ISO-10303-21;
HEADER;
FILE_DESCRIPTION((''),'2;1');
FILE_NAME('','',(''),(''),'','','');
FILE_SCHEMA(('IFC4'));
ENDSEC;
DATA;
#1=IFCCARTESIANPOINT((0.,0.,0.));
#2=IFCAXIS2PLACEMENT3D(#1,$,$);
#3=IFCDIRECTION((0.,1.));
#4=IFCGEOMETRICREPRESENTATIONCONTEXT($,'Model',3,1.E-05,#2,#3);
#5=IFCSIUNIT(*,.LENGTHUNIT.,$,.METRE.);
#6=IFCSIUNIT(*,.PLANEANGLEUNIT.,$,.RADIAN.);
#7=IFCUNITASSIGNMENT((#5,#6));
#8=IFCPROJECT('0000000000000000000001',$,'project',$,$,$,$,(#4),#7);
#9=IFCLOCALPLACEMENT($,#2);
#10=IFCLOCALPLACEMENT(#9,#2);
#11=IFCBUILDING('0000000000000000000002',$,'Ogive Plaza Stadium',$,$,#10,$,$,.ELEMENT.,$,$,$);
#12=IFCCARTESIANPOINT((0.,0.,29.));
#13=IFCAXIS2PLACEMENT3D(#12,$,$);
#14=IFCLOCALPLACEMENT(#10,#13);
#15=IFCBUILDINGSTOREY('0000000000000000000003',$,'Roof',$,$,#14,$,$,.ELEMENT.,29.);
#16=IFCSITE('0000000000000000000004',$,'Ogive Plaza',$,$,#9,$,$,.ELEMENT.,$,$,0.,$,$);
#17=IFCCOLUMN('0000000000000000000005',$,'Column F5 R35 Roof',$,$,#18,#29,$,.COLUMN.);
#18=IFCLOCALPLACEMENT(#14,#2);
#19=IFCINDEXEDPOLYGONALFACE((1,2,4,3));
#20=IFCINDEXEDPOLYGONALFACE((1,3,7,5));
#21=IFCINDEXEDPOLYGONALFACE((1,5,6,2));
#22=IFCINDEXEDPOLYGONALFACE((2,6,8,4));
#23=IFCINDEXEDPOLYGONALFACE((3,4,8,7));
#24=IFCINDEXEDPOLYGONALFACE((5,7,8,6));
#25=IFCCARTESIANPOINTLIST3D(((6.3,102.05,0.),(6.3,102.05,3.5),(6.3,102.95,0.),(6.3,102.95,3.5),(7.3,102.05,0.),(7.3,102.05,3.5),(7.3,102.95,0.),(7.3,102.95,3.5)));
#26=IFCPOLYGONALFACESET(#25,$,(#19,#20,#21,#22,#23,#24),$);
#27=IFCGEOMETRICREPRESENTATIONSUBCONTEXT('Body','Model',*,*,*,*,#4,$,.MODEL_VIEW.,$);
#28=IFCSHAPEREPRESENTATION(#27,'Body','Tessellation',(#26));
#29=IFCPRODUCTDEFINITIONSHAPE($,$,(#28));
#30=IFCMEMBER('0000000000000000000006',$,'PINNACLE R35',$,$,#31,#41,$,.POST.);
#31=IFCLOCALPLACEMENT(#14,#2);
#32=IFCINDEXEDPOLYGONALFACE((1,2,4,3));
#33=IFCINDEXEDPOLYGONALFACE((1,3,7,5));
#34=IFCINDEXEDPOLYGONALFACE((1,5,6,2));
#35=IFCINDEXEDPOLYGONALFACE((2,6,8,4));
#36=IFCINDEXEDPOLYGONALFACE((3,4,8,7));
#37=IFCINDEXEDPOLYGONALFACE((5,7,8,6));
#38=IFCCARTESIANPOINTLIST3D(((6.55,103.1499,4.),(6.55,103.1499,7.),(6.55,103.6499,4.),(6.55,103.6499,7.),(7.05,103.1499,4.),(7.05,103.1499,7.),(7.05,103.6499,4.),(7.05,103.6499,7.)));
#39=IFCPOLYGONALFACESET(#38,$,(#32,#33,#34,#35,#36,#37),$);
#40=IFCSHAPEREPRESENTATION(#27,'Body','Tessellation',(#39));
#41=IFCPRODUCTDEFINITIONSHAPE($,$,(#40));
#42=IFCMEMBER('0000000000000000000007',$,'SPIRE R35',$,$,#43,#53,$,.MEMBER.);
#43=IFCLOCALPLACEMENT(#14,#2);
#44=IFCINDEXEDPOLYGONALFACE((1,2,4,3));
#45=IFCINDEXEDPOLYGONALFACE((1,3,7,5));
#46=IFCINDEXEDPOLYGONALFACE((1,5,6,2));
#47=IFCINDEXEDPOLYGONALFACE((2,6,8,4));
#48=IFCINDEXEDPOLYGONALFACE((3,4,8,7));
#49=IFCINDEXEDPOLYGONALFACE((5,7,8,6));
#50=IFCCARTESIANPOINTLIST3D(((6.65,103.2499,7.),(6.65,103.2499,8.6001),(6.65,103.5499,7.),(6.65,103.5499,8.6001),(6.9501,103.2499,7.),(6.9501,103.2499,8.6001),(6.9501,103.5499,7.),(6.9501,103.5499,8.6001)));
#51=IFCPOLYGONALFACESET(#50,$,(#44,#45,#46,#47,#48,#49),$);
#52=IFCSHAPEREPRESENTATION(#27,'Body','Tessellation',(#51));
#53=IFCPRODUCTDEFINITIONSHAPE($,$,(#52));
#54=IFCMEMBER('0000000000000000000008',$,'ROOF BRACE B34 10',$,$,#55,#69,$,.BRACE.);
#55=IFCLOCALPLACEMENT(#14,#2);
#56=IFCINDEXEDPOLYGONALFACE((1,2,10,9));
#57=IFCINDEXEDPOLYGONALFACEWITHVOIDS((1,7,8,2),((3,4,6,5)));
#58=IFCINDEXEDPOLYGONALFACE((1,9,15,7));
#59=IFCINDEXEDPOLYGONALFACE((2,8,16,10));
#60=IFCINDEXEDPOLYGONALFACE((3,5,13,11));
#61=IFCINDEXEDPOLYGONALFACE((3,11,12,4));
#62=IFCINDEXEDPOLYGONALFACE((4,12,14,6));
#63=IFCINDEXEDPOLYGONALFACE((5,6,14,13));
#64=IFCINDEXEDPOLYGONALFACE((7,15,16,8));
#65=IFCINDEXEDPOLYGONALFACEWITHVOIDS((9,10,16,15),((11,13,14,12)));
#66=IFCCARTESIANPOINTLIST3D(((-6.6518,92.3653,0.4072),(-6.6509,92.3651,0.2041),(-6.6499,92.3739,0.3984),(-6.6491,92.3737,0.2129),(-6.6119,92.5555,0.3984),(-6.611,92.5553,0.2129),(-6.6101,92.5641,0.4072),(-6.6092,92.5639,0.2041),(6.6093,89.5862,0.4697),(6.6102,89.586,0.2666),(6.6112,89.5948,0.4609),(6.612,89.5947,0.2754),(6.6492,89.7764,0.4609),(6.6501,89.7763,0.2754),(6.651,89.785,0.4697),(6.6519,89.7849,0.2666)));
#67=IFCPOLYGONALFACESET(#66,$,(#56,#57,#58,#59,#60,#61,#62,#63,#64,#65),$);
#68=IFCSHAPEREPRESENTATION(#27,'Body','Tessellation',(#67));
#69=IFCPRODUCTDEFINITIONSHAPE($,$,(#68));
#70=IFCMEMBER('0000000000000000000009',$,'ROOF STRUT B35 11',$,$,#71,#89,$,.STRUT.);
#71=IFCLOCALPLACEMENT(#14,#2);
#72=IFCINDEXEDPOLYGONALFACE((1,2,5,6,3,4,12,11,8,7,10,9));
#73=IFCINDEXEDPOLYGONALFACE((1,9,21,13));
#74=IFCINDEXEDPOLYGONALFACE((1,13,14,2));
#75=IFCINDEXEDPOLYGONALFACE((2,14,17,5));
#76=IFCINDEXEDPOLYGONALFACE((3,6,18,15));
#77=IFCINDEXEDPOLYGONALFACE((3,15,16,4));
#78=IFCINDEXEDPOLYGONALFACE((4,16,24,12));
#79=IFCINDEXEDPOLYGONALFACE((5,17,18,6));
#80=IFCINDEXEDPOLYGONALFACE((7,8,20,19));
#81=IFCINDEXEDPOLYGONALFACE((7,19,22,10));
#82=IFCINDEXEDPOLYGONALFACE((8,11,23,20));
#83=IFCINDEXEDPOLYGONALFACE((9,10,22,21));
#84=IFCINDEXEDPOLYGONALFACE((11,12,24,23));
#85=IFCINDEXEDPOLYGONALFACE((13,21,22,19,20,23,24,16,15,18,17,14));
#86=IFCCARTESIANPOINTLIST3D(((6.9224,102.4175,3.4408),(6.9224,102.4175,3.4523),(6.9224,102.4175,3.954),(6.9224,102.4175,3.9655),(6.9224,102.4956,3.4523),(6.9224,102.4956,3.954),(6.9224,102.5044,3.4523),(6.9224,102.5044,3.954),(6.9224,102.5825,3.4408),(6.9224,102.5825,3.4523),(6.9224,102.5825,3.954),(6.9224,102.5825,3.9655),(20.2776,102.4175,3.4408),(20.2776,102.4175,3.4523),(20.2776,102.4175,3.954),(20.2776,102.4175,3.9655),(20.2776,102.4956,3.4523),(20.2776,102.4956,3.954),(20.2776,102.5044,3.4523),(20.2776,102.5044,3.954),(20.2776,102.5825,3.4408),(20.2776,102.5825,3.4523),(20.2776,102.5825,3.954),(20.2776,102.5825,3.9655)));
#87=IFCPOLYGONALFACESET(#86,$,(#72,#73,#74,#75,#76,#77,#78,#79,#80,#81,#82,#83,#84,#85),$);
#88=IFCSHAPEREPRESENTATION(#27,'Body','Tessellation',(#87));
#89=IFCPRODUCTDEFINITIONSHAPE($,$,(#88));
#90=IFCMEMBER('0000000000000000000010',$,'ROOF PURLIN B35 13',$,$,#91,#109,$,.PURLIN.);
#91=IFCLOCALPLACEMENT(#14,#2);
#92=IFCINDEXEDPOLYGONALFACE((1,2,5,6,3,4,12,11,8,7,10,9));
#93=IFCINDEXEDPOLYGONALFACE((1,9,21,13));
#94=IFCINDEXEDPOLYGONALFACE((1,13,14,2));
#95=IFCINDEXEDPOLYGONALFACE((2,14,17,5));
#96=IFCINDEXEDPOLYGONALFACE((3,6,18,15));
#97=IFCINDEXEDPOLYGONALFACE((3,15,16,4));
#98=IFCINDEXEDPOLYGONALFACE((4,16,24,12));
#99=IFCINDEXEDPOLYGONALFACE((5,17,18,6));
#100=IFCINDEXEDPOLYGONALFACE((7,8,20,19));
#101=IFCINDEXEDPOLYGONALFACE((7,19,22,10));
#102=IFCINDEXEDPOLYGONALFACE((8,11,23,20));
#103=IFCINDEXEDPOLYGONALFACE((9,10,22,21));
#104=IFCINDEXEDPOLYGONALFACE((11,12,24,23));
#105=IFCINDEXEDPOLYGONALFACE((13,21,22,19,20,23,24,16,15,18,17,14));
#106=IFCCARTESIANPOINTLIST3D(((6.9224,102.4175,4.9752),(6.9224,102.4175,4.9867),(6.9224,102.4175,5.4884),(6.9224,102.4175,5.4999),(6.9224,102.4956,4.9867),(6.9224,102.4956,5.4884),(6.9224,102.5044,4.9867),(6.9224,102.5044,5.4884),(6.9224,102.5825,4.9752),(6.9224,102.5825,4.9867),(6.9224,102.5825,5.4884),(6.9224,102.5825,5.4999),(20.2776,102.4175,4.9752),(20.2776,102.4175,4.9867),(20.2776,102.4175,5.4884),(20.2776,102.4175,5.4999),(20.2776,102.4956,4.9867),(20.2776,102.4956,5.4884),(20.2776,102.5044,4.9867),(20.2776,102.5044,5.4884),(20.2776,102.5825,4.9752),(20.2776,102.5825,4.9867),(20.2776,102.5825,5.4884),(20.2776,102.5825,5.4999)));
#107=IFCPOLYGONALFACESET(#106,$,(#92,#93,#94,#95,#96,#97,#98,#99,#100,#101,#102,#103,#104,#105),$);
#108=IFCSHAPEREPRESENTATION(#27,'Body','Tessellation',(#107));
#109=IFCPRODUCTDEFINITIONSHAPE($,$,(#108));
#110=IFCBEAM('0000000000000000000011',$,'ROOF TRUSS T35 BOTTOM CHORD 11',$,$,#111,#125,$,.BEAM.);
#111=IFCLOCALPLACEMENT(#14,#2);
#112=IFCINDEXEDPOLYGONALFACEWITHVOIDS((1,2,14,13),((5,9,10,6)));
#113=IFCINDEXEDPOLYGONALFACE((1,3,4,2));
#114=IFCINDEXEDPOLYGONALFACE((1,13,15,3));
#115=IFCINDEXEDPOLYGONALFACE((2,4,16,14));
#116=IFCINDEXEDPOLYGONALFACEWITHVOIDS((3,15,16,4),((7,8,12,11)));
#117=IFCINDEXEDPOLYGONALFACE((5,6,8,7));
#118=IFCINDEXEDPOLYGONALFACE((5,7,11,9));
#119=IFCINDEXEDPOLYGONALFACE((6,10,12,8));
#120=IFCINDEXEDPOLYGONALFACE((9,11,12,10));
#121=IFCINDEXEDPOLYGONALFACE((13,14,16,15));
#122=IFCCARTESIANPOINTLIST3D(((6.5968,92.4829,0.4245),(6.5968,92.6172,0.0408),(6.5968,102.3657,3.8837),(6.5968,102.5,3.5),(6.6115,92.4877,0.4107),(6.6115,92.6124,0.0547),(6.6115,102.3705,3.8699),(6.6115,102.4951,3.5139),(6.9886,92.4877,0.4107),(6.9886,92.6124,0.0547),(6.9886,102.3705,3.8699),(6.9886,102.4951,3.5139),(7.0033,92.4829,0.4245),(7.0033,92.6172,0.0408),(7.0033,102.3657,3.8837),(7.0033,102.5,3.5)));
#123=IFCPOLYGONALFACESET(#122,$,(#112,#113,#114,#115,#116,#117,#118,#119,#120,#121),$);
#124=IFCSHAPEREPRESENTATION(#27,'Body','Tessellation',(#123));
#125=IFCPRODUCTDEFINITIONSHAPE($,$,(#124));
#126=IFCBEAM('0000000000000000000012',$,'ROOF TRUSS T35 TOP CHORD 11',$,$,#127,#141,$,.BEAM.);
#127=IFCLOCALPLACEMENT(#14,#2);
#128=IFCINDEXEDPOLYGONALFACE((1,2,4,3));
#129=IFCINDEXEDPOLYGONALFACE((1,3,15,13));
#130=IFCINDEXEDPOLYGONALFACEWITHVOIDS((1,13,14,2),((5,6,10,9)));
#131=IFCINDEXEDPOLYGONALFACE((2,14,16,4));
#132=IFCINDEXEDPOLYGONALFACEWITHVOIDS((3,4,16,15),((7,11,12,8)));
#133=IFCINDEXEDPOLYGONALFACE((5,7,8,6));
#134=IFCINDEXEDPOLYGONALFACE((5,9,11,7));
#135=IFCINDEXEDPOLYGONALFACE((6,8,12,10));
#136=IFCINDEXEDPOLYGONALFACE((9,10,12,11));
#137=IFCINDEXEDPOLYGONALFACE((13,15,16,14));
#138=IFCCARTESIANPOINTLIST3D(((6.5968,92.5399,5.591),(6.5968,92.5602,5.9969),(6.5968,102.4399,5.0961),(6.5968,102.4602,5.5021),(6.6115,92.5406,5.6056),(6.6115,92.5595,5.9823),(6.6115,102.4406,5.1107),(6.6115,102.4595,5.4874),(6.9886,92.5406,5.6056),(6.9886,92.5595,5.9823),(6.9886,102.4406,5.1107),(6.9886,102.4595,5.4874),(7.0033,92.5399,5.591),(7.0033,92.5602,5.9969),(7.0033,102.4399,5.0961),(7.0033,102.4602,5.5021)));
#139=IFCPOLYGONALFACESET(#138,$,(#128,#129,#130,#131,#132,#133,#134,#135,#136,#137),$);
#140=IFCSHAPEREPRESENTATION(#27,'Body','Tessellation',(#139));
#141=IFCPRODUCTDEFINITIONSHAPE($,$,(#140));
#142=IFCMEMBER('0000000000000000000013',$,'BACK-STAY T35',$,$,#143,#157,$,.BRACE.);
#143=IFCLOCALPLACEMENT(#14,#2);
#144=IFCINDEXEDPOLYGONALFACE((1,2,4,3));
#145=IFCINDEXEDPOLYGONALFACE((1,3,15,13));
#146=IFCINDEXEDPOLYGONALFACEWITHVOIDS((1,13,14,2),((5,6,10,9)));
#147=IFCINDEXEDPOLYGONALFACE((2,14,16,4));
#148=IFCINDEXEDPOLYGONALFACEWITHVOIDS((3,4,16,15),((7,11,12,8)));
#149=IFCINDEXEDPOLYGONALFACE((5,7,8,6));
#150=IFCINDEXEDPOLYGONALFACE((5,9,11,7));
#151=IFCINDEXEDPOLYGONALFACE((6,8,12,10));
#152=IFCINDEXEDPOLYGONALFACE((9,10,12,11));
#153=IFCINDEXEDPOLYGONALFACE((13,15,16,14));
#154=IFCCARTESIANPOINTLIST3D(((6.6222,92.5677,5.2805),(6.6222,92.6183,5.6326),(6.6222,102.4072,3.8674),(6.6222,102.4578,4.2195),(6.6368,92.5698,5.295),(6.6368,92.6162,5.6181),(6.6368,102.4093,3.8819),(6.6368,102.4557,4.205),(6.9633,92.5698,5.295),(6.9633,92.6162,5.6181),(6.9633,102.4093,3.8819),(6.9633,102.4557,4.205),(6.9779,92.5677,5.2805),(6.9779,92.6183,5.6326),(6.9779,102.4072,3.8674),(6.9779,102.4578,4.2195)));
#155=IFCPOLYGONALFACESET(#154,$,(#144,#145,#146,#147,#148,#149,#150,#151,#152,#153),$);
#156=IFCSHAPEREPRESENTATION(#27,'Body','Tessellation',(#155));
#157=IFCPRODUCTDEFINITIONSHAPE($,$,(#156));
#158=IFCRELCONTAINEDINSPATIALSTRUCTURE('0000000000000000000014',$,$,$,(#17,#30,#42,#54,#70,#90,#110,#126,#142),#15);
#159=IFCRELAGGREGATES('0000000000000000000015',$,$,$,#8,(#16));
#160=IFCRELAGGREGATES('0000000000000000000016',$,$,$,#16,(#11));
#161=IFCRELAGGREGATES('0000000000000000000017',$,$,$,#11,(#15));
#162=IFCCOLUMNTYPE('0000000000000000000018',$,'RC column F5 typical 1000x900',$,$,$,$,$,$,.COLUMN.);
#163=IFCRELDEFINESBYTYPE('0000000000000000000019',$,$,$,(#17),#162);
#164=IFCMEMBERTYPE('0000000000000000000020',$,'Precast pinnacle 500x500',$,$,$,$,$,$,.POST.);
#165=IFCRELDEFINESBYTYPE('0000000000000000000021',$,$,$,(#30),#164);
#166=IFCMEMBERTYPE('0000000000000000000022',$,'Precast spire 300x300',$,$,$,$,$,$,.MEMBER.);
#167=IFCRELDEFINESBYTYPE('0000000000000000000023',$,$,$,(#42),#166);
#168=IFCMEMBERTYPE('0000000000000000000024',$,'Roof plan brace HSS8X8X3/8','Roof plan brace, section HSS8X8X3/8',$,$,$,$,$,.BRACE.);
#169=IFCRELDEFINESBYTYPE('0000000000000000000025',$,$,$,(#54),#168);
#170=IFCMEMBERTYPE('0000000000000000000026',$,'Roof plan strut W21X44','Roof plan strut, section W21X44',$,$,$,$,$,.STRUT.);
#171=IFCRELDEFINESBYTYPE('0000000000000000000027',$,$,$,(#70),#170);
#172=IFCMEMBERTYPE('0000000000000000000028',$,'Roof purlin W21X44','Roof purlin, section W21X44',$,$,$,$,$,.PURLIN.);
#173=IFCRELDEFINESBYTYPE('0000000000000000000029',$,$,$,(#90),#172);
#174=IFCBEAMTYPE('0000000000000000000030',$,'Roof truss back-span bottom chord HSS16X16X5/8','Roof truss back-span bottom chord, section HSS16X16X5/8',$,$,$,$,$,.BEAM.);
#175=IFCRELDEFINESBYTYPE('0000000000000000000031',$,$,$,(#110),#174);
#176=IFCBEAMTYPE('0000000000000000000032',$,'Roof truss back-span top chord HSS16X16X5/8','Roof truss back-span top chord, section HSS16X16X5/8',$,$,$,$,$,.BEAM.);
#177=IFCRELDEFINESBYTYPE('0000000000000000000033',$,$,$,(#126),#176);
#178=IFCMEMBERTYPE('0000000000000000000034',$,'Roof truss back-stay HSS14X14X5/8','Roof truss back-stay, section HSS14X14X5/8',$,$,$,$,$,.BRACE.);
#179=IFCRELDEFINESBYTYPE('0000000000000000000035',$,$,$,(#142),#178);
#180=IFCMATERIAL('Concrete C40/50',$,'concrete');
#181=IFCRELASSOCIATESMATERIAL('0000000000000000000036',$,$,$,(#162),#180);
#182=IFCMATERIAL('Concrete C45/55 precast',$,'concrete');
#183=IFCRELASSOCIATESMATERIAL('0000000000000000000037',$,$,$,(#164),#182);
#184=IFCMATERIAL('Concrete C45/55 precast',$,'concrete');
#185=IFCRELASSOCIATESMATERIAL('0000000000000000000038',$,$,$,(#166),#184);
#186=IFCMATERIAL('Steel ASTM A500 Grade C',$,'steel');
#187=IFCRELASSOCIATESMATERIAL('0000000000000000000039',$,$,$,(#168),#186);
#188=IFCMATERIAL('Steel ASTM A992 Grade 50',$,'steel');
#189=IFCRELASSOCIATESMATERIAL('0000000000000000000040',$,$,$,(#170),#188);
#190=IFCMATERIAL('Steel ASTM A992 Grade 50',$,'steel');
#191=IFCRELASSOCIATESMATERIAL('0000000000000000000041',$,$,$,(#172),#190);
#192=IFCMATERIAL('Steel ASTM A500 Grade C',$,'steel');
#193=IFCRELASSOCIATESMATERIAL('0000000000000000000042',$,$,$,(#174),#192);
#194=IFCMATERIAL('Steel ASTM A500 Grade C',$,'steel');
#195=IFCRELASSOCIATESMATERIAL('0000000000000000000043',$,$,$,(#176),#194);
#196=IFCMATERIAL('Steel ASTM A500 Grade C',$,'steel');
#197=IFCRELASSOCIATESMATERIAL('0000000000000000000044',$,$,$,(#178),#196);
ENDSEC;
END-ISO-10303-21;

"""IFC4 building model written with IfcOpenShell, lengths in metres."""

from ifc_helpers import new_model, si_unit, direction, frame, origin, origin_2d, place, context, subcontext, project, spatial, rectangle, hollow_rectangle, i_section, extrude, material, material_profile, profile_set, type_object, element, save


model = new_model("IFC4")

# Units and contexts
model_context = context("Model", 3, precision=1e-05, world=origin(), true_north=direction((0.0, 1.0)))
body_context = subcontext(model_context, "Body", "Model", "MODEL_VIEW")
ifc_project = project(units=[si_unit("LENGTHUNIT", "METRE"), si_unit("PLANEANGLEUNIT", "RADIAN")], contexts=[model_context])

# Site, building, storey
site_placement = place(None, origin())
site = spatial("IfcSite", under=ifc_project, at=site_placement, Name="Ogive Plaza", CompositionType="ELEMENT", RefElevation=0.0)
building_placement = place(site_placement, origin())
building = spatial("IfcBuilding", under=site, at=building_placement, Name="Ogive Plaza Stadium", CompositionType="ELEMENT")
storey_placement = place(building_placement, frame((0.0, 0.0, 29.0)))
storey = spatial("IfcBuildingStorey", under=building, at=storey_placement, Name="Roof", CompositionType="ELEMENT", Elevation=29.0)

# Column
ifc_material_1 = material(Name="Concrete C40/50", Category="concrete")
ifc_material_profile_1 = material_profile(ifc_material_1, rectangle(XDim=1.0, YDim=0.8999, at=origin_2d()), Name="RC 1000x900")
ifc_profile_set_1 = profile_set([ifc_material_profile_1], Name="Concrete C40/50")
column_type = type_object("IfcColumnType", Name="RC column F5 typical 1000x900", PredefinedType="COLUMN", material=ifc_profile_set_1)
column_placement = place(storey_placement, frame((6.8, 102.5, 0.0), z_axis=(0.0, 0.0, 1.0), x_axis=(-1.0, 0.0, 0.0)))
element("IfcColumn", 1, at=column_placement, inside=storey, type_object=column_type, Name="Column F5 R35 Roof", PredefinedType="COLUMN", context=body_context, shape_type="SweptSolid", body=[
    extrude(rectangle(XDim=1.0, YDim=0.8999, at=origin_2d()), origin(), (0.0, 0.0, 1.0), 3.5),
])

# Members
ifc_material_2 = material(Name="Concrete C45/55 precast", Category="concrete")
ifc_material_profile_2 = material_profile(ifc_material_2, rectangle(XDim=0.5, YDim=0.5, at=origin_2d()), Name="RC 500x500")
ifc_profile_set_2 = profile_set([ifc_material_profile_2], Name="Concrete C45/55 precast")
member_type_1 = type_object("IfcMemberType", Name="Precast pinnacle 500x500", PredefinedType="POST", material=ifc_profile_set_2)
member_1_placement = place(storey_placement, frame((6.8, 103.3999, 4.0), z_axis=(0.0, 0.0, 1.0), x_axis=(-1.0, 0.0, 0.0)))
element("IfcMember", 2, at=member_1_placement, inside=storey, type_object=member_type_1, Name="PINNACLE R35", PredefinedType="POST", context=body_context, shape_type="SweptSolid", body=[
    extrude(rectangle(XDim=0.5, YDim=0.5, at=origin_2d()), origin(), (0.0, 0.0, 1.0), 3.0),
])
ifc_material_3 = material(Name="Concrete C45/55 precast", Category="concrete")
ifc_material_profile_3 = material_profile(ifc_material_3, rectangle(XDim=0.3, YDim=0.3, at=origin_2d()), Name="RC 300x300")
ifc_profile_set_3 = profile_set([ifc_material_profile_3], Name="Concrete C45/55 precast")
member_type_2 = type_object("IfcMemberType", Name="Precast spire 300x300", PredefinedType="MEMBER", material=ifc_profile_set_3)
member_2_placement = place(storey_placement, frame((6.8, 103.3999, 7.0), z_axis=(0.0, 0.0, 1.0), x_axis=(-1.0, 0.0, 0.0)))
element("IfcMember", 3, at=member_2_placement, inside=storey, type_object=member_type_2, Name="SPIRE R35", PredefinedType="MEMBER", context=body_context, shape_type="SweptSolid", body=[
    extrude(rectangle(XDim=0.3, YDim=0.3, at=origin_2d()), origin(), (0.0, 0.0, 1.0), 1.6001),
])
ifc_material_4 = material(Name="Steel ASTM A500 Grade C", Category="steel")
ifc_material_profile_4 = material_profile(ifc_material_4, hollow_rectangle(XDim=0.2031, YDim=0.2031, WallThickness=0.0088, at=origin_2d()), Name="HSS8X8X3/8")
ifc_profile_set_4 = profile_set([ifc_material_profile_4], Name="Steel ASTM A500 Grade C")
member_type_3 = type_object("IfcMemberType", Name="Roof plan brace HSS8X8X3/8", Description="Roof plan brace, section HSS8X8X3/8", PredefinedType="BRACE", material=ifc_profile_set_4)
member_3_placement = place(storey_placement, frame((6.6306, 89.6855, 0.3682), z_axis=(-0.978729, 0.205105, -0.004613), x_axis=(-0.205107, -0.97874, 0.0)))
element("IfcMember", 4, at=member_3_placement, inside=storey, type_object=member_type_3, Name="ROOF BRACE B34 10", PredefinedType="BRACE", context=body_context, shape_type="SweptSolid", body=[
    extrude(hollow_rectangle(XDim=0.2031, YDim=0.2031, WallThickness=0.0088, at=origin_2d()), origin(), (0.0, 0.0, 1.0), 13.5493),
])
ifc_material_5 = material(Name="Steel ASTM A992 Grade 50", Category="steel")
ifc_material_profile_5 = material_profile(ifc_material_5, i_section(OverallWidth=0.165, OverallDepth=0.5247, WebThickness=0.0088, FlangeThickness=0.0115, at=origin_2d()), Name="W21X44")
ifc_profile_set_5 = profile_set([ifc_material_profile_5], Name="Steel ASTM A992 Grade 50")
member_type_4 = type_object("IfcMemberType", Name="Roof plan strut W21X44", Description="Roof plan strut, section W21X44", PredefinedType="STRUT", material=ifc_profile_set_5)
member_4_placement = place(storey_placement, frame((6.9224, 102.5, 3.7031), z_axis=(1.0, 0.0, 0.0), x_axis=(0.0, 1.0, 0.0)))
element("IfcMember", 5, at=member_4_placement, inside=storey, type_object=member_type_4, Name="ROOF STRUT B35 11", PredefinedType="STRUT", context=body_context, shape_type="SweptSolid", body=[
    extrude(i_section(OverallWidth=0.165, OverallDepth=0.5247, WebThickness=0.0088, FlangeThickness=0.0115, at=origin_2d()), origin(), (0.0, 0.0, 1.0), 13.3552),
])
ifc_material_6 = material(Name="Steel ASTM A992 Grade 50", Category="steel")
ifc_material_profile_6 = material_profile(ifc_material_6, i_section(OverallWidth=0.165, OverallDepth=0.5247, WebThickness=0.0088, FlangeThickness=0.0115, at=origin_2d()), Name="W21X44")
ifc_profile_set_6 = profile_set([ifc_material_profile_6], Name="Steel ASTM A992 Grade 50")
member_type_5 = type_object("IfcMemberType", Name="Roof purlin W21X44", Description="Roof purlin, section W21X44", PredefinedType="PURLIN", material=ifc_profile_set_6)
member_5_placement = place(storey_placement, frame((6.9224, 102.5, 5.2375), z_axis=(1.0, 0.0, 0.0), x_axis=(0.0, 1.0, 0.0)))
element("IfcMember", 6, at=member_5_placement, inside=storey, type_object=member_type_5, Name="ROOF PURLIN B35 13", PredefinedType="PURLIN", context=body_context, shape_type="SweptSolid", body=[
    extrude(i_section(OverallWidth=0.165, OverallDepth=0.5247, WebThickness=0.0088, FlangeThickness=0.0115, at=origin_2d()), origin(), (0.0, 0.0, 1.0), 13.3552),
])

# Beams
ifc_material_7 = material(Name="Steel ASTM A500 Grade C", Category="steel")
ifc_material_profile_7 = material_profile(ifc_material_7, hollow_rectangle(XDim=0.4065, YDim=0.4065, WallThickness=0.0146, at=origin_2d()), Name="HSS16X16X5/8")
ifc_profile_set_7 = profile_set([ifc_material_profile_7], Name="Steel ASTM A500 Grade C")
beam_type_1 = type_object("IfcBeamType", Name="Roof truss back-span bottom chord HSS16X16X5/8", Description="Roof truss back-span bottom chord, section HSS16X16X5/8", PredefinedType="BEAM", material=ifc_profile_set_7)
beam_1_placement = place(storey_placement, frame((6.8, 92.55, 0.2327), z_axis=(0.0, 0.943851, 0.330371), x_axis=(-1.0, 0.0, 0.0)))
element("IfcBeam", 7, at=beam_1_placement, inside=storey, type_object=beam_type_1, Name="ROOF TRUSS T35 BOTTOM CHORD 11", PredefinedType="BEAM", context=body_context, shape_type="SweptSolid", body=[
    extrude(hollow_rectangle(XDim=0.4065, YDim=0.4065, WallThickness=0.0146, at=origin_2d()), origin(), (0.0, 0.0, 1.0), 10.4707),
])
ifc_material_8 = material(Name="Steel ASTM A500 Grade C", Category="steel")
ifc_material_profile_8 = material_profile(ifc_material_8, hollow_rectangle(XDim=0.4065, YDim=0.4065, WallThickness=0.0146, at=origin_2d()), Name="HSS16X16X5/8")
ifc_profile_set_8 = profile_set([ifc_material_profile_8], Name="Steel ASTM A500 Grade C")
beam_type_2 = type_object("IfcBeamType", Name="Roof truss back-span top chord HSS16X16X5/8", Description="Roof truss back-span top chord, section HSS16X16X5/8", PredefinedType="BEAM", material=ifc_profile_set_8)
beam_2_placement = place(storey_placement, frame((6.8, 92.55, 5.7939), z_axis=(0.0, 0.998753, -0.049925), x_axis=(-1.0, 0.0, 0.0)))
element("IfcBeam", 8, at=beam_2_placement, inside=storey, type_object=beam_type_2, Name="ROOF TRUSS T35 TOP CHORD 11", PredefinedType="BEAM", context=body_context, shape_type="SweptSolid", body=[
    extrude(hollow_rectangle(XDim=0.4065, YDim=0.4065, WallThickness=0.0146, at=origin_2d()), origin(), (0.0, 0.0, 1.0), 9.9124),
])

# Member
ifc_material_9 = material(Name="Steel ASTM A500 Grade C", Category="steel")
ifc_material_profile_9 = material_profile(ifc_material_9, hollow_rectangle(XDim=0.3557, YDim=0.3557, WallThickness=0.0146, at=origin_2d()), Name="HSS14X14X5/8")
ifc_profile_set_9 = profile_set([ifc_material_profile_9], Name="Steel ASTM A500 Grade C")
member_type_6 = type_object("IfcMemberType", Name="Roof truss back-stay HSS14X14X5/8", Description="Roof truss back-stay, section HSS14X14X5/8", PredefinedType="BRACE", material=ifc_profile_set_9)
member_6_placement = place(storey_placement, frame((6.8, 92.593, 5.4565), z_axis=(0.0, 0.989844, -0.142157), x_axis=(-1.0, 0.0, 0.0)))
element("IfcMember", 9, at=member_6_placement, inside=storey, type_object=member_type_6, Name="BACK-STAY T35", PredefinedType="BRACE", context=body_context, shape_type="SweptSolid", body=[
    extrude(hollow_rectangle(XDim=0.3557, YDim=0.3557, WallThickness=0.0146, at=origin_2d()), origin(), (0.0, 0.0, 1.0), 9.9404),
])

save(model, "model.ifc")
